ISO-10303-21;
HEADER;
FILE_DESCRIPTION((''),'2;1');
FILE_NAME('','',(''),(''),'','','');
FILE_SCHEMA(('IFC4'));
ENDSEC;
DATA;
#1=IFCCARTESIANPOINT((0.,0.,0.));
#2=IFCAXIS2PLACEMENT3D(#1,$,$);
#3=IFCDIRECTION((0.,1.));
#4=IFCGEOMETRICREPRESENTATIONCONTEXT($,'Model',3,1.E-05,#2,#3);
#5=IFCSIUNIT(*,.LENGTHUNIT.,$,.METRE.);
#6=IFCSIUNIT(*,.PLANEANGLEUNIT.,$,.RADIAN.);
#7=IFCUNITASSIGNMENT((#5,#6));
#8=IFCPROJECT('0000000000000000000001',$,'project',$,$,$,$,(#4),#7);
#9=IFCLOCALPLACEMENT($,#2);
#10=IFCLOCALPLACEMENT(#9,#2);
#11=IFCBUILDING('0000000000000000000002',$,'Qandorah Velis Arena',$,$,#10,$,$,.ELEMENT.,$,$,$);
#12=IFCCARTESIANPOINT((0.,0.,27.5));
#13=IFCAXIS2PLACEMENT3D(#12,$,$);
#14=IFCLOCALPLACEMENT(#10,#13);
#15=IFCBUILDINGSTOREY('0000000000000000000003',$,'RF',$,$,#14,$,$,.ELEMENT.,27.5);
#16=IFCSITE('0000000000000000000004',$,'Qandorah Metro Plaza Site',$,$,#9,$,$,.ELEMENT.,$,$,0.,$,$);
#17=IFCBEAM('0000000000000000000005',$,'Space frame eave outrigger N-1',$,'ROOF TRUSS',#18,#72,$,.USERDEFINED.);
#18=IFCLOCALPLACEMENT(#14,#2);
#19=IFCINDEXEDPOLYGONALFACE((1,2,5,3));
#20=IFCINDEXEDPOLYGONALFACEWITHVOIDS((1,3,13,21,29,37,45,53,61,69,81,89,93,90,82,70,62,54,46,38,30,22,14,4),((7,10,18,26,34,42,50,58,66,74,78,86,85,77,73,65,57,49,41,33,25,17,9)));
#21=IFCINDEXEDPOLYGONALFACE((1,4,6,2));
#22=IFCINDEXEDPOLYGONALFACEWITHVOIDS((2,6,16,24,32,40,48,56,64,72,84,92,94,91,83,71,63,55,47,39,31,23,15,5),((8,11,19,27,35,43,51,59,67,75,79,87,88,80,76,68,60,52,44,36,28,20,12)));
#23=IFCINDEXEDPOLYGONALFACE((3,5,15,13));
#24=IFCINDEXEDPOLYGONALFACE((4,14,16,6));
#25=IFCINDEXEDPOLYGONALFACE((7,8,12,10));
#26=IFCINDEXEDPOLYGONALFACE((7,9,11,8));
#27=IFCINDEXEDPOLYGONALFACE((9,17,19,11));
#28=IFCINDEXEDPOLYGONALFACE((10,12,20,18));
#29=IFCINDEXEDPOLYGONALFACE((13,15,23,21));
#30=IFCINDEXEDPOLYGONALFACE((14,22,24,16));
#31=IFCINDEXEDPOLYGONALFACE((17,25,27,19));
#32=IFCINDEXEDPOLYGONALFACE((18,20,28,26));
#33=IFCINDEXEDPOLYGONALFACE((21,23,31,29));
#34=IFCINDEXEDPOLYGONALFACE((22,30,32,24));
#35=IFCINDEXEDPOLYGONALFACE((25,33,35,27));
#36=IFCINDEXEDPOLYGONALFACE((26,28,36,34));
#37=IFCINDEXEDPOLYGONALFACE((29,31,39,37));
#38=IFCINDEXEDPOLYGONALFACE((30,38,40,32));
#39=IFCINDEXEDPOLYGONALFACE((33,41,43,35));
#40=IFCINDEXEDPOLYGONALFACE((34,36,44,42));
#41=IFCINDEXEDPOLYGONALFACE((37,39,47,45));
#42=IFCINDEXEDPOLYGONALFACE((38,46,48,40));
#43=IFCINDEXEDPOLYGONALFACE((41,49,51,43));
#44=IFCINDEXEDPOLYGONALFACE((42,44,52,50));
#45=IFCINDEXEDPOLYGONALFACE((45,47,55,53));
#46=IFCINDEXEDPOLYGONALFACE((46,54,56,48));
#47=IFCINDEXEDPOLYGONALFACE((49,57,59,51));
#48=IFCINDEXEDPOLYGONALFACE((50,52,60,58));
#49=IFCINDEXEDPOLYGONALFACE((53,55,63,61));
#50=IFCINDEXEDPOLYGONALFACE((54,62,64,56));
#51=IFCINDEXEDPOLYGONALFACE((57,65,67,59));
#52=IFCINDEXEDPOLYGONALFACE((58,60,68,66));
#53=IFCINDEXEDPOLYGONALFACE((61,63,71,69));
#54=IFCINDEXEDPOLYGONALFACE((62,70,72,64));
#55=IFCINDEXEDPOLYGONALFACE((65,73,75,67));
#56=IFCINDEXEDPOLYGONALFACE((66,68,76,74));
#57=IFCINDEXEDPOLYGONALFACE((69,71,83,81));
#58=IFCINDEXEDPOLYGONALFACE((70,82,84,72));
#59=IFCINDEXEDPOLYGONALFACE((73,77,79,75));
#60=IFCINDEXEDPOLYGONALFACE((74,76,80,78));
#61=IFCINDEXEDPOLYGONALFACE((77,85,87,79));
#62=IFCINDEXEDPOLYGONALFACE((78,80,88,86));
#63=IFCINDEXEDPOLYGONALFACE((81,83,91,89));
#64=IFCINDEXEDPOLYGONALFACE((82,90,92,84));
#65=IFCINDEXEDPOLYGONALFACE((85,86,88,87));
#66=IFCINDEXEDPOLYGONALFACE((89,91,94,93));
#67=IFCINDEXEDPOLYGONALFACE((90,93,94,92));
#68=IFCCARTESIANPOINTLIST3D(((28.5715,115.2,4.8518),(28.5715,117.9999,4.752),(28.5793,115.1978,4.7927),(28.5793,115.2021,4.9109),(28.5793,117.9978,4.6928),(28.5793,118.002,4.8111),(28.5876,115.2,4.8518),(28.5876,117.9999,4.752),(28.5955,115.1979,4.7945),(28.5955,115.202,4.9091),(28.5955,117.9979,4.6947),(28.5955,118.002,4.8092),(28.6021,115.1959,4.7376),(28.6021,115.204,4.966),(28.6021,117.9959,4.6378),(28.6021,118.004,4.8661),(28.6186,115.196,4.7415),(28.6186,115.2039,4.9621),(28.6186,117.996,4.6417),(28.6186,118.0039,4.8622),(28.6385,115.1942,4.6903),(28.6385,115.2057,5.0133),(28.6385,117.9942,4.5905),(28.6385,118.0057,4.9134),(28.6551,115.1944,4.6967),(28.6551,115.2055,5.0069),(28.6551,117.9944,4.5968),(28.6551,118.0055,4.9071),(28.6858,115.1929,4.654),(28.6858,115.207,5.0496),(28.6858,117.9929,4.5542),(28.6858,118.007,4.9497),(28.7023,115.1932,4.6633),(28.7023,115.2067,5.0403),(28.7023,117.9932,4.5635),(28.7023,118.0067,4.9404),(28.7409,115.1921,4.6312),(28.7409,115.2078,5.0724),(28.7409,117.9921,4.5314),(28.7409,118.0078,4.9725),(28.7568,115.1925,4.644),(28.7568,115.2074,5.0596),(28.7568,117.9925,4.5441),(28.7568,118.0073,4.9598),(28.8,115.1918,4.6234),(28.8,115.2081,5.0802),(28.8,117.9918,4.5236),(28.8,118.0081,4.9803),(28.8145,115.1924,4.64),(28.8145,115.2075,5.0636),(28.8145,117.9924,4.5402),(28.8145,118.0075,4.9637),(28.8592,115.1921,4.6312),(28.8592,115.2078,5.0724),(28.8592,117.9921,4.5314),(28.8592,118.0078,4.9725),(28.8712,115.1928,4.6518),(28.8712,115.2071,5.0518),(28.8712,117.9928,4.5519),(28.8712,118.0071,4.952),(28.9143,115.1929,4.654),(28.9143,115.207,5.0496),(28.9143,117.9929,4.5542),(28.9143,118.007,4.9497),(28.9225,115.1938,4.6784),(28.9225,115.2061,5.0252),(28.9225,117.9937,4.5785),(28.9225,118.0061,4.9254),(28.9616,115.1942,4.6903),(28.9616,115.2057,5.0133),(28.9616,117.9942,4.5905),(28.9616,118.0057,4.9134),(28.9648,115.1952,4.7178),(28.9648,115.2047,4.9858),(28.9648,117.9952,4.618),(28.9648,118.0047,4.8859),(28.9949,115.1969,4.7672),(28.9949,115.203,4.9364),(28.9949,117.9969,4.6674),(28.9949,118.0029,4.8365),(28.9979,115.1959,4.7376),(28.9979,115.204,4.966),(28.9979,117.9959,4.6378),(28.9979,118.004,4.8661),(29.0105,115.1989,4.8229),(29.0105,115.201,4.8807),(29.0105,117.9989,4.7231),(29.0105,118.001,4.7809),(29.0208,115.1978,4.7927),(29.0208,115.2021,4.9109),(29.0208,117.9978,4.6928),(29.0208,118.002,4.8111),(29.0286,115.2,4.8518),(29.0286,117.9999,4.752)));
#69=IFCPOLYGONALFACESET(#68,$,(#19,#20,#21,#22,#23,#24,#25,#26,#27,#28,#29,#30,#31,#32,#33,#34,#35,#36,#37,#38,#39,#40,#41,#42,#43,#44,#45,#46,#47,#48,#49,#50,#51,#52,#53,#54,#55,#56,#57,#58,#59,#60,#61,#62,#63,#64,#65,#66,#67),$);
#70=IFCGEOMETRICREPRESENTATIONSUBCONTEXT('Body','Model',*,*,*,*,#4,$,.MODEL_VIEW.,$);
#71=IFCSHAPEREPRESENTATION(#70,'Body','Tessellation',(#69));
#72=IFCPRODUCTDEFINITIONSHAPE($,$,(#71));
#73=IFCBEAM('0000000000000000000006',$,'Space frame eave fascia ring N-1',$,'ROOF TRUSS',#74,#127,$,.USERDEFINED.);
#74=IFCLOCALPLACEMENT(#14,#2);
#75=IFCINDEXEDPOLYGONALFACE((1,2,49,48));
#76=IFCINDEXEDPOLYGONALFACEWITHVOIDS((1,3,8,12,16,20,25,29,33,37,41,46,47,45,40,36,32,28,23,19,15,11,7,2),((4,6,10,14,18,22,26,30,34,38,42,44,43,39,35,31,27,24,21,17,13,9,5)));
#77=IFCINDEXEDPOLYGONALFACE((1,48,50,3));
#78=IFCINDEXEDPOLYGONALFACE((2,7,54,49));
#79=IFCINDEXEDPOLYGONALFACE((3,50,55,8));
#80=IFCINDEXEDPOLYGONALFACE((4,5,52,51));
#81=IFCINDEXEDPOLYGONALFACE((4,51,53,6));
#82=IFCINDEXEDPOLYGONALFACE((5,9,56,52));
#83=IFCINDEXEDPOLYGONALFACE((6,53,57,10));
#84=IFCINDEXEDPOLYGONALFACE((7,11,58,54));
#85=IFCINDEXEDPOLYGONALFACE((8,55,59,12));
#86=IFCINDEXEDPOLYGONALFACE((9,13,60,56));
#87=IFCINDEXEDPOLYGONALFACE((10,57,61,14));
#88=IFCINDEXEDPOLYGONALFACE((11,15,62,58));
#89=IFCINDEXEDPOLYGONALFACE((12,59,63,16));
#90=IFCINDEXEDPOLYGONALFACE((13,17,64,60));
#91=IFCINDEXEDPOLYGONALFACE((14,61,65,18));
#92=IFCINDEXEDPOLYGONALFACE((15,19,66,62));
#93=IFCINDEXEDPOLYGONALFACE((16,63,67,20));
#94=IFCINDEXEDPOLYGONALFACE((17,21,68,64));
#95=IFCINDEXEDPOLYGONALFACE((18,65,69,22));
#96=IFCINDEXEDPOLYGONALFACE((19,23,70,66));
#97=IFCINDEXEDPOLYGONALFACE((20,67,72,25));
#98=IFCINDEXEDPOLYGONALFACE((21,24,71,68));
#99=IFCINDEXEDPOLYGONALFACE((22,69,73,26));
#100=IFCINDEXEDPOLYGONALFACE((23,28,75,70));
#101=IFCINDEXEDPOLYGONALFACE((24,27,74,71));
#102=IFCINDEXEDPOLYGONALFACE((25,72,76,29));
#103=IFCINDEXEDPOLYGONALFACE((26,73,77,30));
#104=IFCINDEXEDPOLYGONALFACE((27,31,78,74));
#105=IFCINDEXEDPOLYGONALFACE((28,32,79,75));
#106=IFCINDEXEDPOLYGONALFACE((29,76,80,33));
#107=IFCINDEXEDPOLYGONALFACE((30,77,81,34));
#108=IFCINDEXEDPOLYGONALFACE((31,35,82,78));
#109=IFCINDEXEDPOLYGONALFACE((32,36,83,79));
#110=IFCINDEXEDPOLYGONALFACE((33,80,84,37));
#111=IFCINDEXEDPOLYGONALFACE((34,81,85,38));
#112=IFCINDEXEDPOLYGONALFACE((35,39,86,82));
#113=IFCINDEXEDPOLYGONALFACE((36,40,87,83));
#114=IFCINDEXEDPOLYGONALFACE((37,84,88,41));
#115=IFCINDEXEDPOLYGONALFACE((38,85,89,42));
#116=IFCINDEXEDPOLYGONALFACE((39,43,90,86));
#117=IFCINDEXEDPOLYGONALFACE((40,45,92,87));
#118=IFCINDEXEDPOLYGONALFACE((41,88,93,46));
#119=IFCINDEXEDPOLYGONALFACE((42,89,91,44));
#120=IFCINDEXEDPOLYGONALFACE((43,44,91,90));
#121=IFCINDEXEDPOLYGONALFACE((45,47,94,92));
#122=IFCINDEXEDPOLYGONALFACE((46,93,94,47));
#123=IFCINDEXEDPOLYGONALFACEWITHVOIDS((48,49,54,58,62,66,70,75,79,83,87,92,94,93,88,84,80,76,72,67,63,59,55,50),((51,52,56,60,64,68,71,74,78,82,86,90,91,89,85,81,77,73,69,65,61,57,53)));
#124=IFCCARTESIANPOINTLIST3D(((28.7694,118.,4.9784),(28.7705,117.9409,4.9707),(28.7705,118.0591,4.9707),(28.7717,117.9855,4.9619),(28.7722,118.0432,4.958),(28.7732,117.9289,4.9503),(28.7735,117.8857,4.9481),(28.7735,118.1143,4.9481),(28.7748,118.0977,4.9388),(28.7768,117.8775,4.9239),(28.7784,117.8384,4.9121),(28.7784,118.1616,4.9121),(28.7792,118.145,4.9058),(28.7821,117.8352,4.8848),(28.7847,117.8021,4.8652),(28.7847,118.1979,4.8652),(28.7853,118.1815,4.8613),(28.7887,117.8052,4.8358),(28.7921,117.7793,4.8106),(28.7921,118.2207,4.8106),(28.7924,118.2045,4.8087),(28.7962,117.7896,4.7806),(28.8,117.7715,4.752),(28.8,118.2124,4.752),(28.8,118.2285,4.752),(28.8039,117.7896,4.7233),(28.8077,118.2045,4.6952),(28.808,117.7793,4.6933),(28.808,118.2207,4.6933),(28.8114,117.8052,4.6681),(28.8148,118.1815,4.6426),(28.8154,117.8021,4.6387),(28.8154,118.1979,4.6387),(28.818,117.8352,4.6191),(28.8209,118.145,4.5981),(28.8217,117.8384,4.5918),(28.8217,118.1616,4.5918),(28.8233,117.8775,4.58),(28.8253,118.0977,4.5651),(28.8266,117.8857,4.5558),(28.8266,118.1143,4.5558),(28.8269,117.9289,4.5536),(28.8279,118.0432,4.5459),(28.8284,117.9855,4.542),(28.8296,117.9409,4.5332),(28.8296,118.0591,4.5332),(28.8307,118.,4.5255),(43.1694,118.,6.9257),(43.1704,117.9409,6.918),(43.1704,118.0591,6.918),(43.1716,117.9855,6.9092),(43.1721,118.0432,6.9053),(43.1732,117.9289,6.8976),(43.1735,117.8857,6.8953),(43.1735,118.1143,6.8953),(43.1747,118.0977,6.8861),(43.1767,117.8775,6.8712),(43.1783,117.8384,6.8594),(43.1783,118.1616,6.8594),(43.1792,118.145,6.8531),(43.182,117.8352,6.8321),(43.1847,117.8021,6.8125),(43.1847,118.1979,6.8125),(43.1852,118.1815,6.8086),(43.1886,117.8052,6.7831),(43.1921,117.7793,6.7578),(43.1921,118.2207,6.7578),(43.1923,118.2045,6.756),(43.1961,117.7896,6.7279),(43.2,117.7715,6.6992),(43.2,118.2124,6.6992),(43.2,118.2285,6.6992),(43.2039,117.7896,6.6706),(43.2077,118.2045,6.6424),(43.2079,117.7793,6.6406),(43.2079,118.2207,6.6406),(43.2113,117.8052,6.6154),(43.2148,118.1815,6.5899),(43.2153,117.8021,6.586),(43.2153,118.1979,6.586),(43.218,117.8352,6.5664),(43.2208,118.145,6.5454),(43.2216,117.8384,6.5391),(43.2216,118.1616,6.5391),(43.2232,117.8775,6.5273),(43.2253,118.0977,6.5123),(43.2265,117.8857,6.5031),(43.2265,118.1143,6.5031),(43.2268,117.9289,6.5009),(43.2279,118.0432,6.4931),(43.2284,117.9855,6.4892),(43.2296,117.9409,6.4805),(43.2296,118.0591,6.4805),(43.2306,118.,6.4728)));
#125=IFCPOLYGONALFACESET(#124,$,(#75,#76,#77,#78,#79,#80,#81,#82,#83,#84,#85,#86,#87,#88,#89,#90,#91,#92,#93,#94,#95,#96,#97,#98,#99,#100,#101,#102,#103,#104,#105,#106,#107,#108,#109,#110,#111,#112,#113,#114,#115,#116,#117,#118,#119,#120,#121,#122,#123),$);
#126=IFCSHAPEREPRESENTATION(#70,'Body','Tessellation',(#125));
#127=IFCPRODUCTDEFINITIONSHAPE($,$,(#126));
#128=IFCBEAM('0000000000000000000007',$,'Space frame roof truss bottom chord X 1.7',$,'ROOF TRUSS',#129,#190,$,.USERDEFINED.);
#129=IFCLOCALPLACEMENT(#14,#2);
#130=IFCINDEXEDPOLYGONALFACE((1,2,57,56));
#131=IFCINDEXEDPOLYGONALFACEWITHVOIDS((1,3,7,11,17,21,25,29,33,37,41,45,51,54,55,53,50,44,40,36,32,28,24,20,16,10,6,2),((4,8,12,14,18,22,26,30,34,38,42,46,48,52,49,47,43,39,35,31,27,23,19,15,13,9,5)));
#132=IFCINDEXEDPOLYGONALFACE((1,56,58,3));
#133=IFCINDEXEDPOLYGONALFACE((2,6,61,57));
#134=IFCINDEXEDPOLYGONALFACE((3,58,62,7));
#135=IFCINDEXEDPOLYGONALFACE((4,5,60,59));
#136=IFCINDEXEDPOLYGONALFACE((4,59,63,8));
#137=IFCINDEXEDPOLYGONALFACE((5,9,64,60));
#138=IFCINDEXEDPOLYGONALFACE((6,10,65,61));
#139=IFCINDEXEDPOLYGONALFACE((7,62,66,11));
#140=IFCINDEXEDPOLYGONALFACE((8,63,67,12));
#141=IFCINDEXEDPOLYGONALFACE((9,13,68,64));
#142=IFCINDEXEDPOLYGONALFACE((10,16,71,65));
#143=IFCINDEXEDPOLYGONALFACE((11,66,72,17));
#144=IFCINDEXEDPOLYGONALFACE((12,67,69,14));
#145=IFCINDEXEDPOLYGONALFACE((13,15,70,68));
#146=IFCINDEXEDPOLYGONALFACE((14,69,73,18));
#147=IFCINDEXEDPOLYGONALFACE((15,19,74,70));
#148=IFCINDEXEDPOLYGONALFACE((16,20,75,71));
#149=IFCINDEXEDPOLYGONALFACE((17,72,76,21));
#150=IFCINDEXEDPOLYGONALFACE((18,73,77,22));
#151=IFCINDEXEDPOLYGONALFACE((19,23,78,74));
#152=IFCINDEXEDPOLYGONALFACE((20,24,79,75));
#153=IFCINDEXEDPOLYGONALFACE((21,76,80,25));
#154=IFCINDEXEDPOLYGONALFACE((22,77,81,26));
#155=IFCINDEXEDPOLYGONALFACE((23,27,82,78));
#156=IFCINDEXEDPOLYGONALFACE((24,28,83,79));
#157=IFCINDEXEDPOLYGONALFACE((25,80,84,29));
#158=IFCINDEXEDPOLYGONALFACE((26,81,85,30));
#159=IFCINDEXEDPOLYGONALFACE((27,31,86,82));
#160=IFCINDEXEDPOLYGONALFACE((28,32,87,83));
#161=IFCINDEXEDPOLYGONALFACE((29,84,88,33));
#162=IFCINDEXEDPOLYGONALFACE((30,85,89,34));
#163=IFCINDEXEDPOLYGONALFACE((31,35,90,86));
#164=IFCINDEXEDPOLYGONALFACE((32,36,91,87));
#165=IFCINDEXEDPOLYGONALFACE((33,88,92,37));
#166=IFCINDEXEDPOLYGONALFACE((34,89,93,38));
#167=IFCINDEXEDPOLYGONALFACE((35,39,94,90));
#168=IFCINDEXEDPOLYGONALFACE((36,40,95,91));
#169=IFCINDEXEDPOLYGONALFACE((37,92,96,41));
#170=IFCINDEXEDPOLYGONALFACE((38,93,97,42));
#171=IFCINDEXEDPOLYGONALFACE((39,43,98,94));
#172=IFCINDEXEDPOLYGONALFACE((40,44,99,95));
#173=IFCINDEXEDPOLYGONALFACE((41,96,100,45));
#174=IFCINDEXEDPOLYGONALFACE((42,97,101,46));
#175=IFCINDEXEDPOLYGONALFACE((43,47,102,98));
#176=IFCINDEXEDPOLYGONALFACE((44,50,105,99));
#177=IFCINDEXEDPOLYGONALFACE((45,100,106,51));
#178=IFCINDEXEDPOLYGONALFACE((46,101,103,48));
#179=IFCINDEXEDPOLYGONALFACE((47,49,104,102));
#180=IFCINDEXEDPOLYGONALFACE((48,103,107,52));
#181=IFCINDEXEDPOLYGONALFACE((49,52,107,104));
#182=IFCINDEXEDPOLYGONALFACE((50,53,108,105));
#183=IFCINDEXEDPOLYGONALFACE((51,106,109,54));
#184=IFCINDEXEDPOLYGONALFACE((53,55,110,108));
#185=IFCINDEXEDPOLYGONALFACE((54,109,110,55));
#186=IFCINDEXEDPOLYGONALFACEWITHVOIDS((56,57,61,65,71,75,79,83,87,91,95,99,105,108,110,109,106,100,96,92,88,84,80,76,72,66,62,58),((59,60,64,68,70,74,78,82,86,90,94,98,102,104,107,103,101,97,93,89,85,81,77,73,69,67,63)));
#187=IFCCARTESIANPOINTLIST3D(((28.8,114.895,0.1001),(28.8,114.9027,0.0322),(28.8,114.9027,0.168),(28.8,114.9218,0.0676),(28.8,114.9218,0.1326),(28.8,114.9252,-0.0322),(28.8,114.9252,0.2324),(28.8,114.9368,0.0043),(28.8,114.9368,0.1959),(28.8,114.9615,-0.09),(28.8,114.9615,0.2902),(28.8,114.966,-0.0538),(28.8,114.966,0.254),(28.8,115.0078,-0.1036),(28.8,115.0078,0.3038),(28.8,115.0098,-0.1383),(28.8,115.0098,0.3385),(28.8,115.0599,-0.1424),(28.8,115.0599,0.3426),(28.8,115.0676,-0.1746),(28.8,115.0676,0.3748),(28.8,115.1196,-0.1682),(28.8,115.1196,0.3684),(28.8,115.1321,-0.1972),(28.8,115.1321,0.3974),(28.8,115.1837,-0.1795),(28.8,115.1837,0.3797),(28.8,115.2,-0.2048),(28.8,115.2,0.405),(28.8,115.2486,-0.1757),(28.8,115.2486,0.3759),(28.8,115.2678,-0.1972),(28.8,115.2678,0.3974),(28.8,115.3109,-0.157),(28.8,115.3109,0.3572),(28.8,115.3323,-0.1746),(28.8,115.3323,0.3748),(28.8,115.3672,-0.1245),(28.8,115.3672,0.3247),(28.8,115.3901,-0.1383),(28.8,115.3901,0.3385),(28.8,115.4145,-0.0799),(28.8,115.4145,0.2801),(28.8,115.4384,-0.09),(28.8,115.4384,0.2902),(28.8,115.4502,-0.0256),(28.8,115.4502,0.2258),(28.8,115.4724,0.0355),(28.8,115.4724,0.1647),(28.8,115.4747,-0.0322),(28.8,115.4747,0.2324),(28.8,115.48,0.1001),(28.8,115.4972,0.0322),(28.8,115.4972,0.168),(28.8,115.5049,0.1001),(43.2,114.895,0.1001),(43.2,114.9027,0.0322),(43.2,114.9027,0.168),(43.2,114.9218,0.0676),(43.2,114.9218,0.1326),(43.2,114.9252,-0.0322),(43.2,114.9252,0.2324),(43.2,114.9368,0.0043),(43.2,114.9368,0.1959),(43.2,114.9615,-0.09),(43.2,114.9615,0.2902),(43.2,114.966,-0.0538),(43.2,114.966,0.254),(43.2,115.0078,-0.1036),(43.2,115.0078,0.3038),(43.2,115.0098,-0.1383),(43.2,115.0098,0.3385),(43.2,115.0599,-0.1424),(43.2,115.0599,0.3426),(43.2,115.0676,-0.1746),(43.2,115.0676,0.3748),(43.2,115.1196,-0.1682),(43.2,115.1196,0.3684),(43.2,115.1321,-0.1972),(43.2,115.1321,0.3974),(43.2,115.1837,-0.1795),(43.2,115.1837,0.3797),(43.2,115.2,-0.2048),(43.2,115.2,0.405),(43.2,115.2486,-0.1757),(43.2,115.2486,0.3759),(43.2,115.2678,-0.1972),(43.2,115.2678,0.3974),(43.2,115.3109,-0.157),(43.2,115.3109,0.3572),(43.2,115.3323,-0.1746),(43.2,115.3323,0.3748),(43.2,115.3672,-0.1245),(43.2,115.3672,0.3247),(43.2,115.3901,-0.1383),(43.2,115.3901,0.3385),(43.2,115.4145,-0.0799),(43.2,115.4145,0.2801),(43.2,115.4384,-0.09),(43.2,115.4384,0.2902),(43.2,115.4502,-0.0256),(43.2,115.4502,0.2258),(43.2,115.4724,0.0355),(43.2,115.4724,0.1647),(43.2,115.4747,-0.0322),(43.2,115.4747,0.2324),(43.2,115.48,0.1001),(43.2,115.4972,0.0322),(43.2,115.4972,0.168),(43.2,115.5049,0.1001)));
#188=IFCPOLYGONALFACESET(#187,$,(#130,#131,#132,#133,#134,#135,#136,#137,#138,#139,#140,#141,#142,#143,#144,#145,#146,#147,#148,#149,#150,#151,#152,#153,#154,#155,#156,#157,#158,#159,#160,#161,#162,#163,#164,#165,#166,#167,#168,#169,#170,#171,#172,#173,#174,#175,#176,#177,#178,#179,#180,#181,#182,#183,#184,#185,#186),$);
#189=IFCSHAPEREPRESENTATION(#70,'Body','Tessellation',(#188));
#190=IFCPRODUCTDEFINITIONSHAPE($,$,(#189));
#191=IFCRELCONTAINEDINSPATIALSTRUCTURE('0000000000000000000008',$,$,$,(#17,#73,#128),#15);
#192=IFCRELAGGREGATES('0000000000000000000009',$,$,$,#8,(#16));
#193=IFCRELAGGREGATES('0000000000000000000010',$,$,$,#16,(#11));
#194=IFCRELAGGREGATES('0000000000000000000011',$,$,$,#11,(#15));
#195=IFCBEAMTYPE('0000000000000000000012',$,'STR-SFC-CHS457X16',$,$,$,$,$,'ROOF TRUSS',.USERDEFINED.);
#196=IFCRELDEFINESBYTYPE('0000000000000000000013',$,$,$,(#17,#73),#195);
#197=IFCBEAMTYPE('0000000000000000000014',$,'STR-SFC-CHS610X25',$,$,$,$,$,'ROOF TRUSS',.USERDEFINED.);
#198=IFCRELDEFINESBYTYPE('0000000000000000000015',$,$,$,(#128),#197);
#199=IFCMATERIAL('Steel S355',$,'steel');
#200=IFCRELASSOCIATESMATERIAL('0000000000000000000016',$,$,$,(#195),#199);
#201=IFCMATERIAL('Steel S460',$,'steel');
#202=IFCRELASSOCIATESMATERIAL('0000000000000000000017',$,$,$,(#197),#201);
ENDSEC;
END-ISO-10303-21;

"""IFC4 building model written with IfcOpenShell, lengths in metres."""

from ifc_helpers import new_model, si_unit, direction, frame, origin, origin_2d, place, context, subcontext, project, spatial, hollow_circle, extrude, material, material_profile, profile_set, type_object, element, save


model = new_model("IFC4")

# Units and contexts
model_context = context("Model", 3, precision=1e-05, world=origin(), true_north=direction((0.0, 1.0)))
body_context = subcontext(model_context, "Body", "Model", "MODEL_VIEW")
ifc_project = project(units=[si_unit("LENGTHUNIT", "METRE"), si_unit("PLANEANGLEUNIT", "RADIAN")], contexts=[model_context])

# Site, building, storey
site_placement = place(None, origin())
site = spatial("IfcSite", under=ifc_project, at=site_placement, Name="Qandorah Metro Plaza Site", CompositionType="ELEMENT", RefElevation=0.0)
building_placement = place(site_placement, origin())
building = spatial("IfcBuilding", under=site, at=building_placement, Name="Qandorah Velis Arena", CompositionType="ELEMENT")
storey_placement = place(building_placement, frame((0.0, 0.0, 27.5)))
storey = spatial("IfcBuildingStorey", under=building, at=storey_placement, Name="RF", CompositionType="ELEMENT", Elevation=27.5)

# Beams
ifc_material_1 = material(Name="Steel S355", Category="steel")
ifc_material_profile_1 = material_profile(ifc_material_1, hollow_circle(Radius=0.2285, WallThickness=0.0161, at=origin_2d()), Name="CHS 457x16")
ifc_profile_set_1 = profile_set([ifc_material_profile_1], Name="Steel S355")
beam_type_1 = type_object("IfcBeamType", Name="STR-SFC-CHS457X16", ElementType="ROOF TRUSS", PredefinedType="USERDEFINED", material=ifc_profile_set_1)
beam_1_placement = place(storey_placement, frame((28.8, 115.2, 4.8518), z_axis=(0.0, 0.999365, -0.035639), x_axis=(-1.0, 0.0, 0.0)))
element("IfcBeam", 1, at=beam_1_placement, inside=storey, type_object=beam_type_1, Name="Space frame eave outrigger N-1", ObjectType="ROOF TRUSS", PredefinedType="USERDEFINED", context=body_context, shape_type="SweptSolid", body=[
    extrude(hollow_circle(Radius=0.2285, WallThickness=0.0161, at=origin_2d()), origin(), (0.0, 0.0, 1.0), 2.8018),
])
beam_2_placement = place(storey_placement, frame((28.8, 118.0, 4.752), z_axis=(0.99098, 0.0, 0.134008), x_axis=(0.0, 1.0, 0.0)))
element("IfcBeam", 2, at=beam_2_placement, inside=storey, type_object=beam_type_1, Name="Space frame eave fascia ring N-1", ObjectType="ROOF TRUSS", PredefinedType="USERDEFINED", context=body_context, shape_type="SweptSolid", body=[
    extrude(hollow_circle(Radius=0.2285, WallThickness=0.0161, at=origin_2d()), origin(), (0.0, 0.0, 1.0), 14.531),
])
ifc_material_2 = material(Name="Steel S460", Category="steel")
ifc_material_profile_2 = material_profile(ifc_material_2, hollow_circle(Radius=0.3049, WallThickness=0.0249, at=origin_2d()), Name="CHS 610x25")
ifc_profile_set_2 = profile_set([ifc_material_profile_2], Name="Steel S460")
beam_type_2 = type_object("IfcBeamType", Name="STR-SFC-CHS610X25", ElementType="ROOF TRUSS", PredefinedType="USERDEFINED", material=ifc_profile_set_2)
beam_3_placement = place(storey_placement, frame((28.8, 115.2, 0.1001), z_axis=(1.0, 0.0, 0.0), x_axis=(0.0, 1.0, 0.0)))
element("IfcBeam", 3, at=beam_3_placement, inside=storey, type_object=beam_type_2, Name="Space frame roof truss bottom chord X 1.7", ObjectType="ROOF TRUSS", PredefinedType="USERDEFINED", context=body_context, shape_type="SweptSolid", body=[
    extrude(hollow_circle(Radius=0.3049, WallThickness=0.0249, at=origin_2d()), origin(), (0.0, 0.0, 1.0), 14.3999),
])

save(model, "model.ifc")
